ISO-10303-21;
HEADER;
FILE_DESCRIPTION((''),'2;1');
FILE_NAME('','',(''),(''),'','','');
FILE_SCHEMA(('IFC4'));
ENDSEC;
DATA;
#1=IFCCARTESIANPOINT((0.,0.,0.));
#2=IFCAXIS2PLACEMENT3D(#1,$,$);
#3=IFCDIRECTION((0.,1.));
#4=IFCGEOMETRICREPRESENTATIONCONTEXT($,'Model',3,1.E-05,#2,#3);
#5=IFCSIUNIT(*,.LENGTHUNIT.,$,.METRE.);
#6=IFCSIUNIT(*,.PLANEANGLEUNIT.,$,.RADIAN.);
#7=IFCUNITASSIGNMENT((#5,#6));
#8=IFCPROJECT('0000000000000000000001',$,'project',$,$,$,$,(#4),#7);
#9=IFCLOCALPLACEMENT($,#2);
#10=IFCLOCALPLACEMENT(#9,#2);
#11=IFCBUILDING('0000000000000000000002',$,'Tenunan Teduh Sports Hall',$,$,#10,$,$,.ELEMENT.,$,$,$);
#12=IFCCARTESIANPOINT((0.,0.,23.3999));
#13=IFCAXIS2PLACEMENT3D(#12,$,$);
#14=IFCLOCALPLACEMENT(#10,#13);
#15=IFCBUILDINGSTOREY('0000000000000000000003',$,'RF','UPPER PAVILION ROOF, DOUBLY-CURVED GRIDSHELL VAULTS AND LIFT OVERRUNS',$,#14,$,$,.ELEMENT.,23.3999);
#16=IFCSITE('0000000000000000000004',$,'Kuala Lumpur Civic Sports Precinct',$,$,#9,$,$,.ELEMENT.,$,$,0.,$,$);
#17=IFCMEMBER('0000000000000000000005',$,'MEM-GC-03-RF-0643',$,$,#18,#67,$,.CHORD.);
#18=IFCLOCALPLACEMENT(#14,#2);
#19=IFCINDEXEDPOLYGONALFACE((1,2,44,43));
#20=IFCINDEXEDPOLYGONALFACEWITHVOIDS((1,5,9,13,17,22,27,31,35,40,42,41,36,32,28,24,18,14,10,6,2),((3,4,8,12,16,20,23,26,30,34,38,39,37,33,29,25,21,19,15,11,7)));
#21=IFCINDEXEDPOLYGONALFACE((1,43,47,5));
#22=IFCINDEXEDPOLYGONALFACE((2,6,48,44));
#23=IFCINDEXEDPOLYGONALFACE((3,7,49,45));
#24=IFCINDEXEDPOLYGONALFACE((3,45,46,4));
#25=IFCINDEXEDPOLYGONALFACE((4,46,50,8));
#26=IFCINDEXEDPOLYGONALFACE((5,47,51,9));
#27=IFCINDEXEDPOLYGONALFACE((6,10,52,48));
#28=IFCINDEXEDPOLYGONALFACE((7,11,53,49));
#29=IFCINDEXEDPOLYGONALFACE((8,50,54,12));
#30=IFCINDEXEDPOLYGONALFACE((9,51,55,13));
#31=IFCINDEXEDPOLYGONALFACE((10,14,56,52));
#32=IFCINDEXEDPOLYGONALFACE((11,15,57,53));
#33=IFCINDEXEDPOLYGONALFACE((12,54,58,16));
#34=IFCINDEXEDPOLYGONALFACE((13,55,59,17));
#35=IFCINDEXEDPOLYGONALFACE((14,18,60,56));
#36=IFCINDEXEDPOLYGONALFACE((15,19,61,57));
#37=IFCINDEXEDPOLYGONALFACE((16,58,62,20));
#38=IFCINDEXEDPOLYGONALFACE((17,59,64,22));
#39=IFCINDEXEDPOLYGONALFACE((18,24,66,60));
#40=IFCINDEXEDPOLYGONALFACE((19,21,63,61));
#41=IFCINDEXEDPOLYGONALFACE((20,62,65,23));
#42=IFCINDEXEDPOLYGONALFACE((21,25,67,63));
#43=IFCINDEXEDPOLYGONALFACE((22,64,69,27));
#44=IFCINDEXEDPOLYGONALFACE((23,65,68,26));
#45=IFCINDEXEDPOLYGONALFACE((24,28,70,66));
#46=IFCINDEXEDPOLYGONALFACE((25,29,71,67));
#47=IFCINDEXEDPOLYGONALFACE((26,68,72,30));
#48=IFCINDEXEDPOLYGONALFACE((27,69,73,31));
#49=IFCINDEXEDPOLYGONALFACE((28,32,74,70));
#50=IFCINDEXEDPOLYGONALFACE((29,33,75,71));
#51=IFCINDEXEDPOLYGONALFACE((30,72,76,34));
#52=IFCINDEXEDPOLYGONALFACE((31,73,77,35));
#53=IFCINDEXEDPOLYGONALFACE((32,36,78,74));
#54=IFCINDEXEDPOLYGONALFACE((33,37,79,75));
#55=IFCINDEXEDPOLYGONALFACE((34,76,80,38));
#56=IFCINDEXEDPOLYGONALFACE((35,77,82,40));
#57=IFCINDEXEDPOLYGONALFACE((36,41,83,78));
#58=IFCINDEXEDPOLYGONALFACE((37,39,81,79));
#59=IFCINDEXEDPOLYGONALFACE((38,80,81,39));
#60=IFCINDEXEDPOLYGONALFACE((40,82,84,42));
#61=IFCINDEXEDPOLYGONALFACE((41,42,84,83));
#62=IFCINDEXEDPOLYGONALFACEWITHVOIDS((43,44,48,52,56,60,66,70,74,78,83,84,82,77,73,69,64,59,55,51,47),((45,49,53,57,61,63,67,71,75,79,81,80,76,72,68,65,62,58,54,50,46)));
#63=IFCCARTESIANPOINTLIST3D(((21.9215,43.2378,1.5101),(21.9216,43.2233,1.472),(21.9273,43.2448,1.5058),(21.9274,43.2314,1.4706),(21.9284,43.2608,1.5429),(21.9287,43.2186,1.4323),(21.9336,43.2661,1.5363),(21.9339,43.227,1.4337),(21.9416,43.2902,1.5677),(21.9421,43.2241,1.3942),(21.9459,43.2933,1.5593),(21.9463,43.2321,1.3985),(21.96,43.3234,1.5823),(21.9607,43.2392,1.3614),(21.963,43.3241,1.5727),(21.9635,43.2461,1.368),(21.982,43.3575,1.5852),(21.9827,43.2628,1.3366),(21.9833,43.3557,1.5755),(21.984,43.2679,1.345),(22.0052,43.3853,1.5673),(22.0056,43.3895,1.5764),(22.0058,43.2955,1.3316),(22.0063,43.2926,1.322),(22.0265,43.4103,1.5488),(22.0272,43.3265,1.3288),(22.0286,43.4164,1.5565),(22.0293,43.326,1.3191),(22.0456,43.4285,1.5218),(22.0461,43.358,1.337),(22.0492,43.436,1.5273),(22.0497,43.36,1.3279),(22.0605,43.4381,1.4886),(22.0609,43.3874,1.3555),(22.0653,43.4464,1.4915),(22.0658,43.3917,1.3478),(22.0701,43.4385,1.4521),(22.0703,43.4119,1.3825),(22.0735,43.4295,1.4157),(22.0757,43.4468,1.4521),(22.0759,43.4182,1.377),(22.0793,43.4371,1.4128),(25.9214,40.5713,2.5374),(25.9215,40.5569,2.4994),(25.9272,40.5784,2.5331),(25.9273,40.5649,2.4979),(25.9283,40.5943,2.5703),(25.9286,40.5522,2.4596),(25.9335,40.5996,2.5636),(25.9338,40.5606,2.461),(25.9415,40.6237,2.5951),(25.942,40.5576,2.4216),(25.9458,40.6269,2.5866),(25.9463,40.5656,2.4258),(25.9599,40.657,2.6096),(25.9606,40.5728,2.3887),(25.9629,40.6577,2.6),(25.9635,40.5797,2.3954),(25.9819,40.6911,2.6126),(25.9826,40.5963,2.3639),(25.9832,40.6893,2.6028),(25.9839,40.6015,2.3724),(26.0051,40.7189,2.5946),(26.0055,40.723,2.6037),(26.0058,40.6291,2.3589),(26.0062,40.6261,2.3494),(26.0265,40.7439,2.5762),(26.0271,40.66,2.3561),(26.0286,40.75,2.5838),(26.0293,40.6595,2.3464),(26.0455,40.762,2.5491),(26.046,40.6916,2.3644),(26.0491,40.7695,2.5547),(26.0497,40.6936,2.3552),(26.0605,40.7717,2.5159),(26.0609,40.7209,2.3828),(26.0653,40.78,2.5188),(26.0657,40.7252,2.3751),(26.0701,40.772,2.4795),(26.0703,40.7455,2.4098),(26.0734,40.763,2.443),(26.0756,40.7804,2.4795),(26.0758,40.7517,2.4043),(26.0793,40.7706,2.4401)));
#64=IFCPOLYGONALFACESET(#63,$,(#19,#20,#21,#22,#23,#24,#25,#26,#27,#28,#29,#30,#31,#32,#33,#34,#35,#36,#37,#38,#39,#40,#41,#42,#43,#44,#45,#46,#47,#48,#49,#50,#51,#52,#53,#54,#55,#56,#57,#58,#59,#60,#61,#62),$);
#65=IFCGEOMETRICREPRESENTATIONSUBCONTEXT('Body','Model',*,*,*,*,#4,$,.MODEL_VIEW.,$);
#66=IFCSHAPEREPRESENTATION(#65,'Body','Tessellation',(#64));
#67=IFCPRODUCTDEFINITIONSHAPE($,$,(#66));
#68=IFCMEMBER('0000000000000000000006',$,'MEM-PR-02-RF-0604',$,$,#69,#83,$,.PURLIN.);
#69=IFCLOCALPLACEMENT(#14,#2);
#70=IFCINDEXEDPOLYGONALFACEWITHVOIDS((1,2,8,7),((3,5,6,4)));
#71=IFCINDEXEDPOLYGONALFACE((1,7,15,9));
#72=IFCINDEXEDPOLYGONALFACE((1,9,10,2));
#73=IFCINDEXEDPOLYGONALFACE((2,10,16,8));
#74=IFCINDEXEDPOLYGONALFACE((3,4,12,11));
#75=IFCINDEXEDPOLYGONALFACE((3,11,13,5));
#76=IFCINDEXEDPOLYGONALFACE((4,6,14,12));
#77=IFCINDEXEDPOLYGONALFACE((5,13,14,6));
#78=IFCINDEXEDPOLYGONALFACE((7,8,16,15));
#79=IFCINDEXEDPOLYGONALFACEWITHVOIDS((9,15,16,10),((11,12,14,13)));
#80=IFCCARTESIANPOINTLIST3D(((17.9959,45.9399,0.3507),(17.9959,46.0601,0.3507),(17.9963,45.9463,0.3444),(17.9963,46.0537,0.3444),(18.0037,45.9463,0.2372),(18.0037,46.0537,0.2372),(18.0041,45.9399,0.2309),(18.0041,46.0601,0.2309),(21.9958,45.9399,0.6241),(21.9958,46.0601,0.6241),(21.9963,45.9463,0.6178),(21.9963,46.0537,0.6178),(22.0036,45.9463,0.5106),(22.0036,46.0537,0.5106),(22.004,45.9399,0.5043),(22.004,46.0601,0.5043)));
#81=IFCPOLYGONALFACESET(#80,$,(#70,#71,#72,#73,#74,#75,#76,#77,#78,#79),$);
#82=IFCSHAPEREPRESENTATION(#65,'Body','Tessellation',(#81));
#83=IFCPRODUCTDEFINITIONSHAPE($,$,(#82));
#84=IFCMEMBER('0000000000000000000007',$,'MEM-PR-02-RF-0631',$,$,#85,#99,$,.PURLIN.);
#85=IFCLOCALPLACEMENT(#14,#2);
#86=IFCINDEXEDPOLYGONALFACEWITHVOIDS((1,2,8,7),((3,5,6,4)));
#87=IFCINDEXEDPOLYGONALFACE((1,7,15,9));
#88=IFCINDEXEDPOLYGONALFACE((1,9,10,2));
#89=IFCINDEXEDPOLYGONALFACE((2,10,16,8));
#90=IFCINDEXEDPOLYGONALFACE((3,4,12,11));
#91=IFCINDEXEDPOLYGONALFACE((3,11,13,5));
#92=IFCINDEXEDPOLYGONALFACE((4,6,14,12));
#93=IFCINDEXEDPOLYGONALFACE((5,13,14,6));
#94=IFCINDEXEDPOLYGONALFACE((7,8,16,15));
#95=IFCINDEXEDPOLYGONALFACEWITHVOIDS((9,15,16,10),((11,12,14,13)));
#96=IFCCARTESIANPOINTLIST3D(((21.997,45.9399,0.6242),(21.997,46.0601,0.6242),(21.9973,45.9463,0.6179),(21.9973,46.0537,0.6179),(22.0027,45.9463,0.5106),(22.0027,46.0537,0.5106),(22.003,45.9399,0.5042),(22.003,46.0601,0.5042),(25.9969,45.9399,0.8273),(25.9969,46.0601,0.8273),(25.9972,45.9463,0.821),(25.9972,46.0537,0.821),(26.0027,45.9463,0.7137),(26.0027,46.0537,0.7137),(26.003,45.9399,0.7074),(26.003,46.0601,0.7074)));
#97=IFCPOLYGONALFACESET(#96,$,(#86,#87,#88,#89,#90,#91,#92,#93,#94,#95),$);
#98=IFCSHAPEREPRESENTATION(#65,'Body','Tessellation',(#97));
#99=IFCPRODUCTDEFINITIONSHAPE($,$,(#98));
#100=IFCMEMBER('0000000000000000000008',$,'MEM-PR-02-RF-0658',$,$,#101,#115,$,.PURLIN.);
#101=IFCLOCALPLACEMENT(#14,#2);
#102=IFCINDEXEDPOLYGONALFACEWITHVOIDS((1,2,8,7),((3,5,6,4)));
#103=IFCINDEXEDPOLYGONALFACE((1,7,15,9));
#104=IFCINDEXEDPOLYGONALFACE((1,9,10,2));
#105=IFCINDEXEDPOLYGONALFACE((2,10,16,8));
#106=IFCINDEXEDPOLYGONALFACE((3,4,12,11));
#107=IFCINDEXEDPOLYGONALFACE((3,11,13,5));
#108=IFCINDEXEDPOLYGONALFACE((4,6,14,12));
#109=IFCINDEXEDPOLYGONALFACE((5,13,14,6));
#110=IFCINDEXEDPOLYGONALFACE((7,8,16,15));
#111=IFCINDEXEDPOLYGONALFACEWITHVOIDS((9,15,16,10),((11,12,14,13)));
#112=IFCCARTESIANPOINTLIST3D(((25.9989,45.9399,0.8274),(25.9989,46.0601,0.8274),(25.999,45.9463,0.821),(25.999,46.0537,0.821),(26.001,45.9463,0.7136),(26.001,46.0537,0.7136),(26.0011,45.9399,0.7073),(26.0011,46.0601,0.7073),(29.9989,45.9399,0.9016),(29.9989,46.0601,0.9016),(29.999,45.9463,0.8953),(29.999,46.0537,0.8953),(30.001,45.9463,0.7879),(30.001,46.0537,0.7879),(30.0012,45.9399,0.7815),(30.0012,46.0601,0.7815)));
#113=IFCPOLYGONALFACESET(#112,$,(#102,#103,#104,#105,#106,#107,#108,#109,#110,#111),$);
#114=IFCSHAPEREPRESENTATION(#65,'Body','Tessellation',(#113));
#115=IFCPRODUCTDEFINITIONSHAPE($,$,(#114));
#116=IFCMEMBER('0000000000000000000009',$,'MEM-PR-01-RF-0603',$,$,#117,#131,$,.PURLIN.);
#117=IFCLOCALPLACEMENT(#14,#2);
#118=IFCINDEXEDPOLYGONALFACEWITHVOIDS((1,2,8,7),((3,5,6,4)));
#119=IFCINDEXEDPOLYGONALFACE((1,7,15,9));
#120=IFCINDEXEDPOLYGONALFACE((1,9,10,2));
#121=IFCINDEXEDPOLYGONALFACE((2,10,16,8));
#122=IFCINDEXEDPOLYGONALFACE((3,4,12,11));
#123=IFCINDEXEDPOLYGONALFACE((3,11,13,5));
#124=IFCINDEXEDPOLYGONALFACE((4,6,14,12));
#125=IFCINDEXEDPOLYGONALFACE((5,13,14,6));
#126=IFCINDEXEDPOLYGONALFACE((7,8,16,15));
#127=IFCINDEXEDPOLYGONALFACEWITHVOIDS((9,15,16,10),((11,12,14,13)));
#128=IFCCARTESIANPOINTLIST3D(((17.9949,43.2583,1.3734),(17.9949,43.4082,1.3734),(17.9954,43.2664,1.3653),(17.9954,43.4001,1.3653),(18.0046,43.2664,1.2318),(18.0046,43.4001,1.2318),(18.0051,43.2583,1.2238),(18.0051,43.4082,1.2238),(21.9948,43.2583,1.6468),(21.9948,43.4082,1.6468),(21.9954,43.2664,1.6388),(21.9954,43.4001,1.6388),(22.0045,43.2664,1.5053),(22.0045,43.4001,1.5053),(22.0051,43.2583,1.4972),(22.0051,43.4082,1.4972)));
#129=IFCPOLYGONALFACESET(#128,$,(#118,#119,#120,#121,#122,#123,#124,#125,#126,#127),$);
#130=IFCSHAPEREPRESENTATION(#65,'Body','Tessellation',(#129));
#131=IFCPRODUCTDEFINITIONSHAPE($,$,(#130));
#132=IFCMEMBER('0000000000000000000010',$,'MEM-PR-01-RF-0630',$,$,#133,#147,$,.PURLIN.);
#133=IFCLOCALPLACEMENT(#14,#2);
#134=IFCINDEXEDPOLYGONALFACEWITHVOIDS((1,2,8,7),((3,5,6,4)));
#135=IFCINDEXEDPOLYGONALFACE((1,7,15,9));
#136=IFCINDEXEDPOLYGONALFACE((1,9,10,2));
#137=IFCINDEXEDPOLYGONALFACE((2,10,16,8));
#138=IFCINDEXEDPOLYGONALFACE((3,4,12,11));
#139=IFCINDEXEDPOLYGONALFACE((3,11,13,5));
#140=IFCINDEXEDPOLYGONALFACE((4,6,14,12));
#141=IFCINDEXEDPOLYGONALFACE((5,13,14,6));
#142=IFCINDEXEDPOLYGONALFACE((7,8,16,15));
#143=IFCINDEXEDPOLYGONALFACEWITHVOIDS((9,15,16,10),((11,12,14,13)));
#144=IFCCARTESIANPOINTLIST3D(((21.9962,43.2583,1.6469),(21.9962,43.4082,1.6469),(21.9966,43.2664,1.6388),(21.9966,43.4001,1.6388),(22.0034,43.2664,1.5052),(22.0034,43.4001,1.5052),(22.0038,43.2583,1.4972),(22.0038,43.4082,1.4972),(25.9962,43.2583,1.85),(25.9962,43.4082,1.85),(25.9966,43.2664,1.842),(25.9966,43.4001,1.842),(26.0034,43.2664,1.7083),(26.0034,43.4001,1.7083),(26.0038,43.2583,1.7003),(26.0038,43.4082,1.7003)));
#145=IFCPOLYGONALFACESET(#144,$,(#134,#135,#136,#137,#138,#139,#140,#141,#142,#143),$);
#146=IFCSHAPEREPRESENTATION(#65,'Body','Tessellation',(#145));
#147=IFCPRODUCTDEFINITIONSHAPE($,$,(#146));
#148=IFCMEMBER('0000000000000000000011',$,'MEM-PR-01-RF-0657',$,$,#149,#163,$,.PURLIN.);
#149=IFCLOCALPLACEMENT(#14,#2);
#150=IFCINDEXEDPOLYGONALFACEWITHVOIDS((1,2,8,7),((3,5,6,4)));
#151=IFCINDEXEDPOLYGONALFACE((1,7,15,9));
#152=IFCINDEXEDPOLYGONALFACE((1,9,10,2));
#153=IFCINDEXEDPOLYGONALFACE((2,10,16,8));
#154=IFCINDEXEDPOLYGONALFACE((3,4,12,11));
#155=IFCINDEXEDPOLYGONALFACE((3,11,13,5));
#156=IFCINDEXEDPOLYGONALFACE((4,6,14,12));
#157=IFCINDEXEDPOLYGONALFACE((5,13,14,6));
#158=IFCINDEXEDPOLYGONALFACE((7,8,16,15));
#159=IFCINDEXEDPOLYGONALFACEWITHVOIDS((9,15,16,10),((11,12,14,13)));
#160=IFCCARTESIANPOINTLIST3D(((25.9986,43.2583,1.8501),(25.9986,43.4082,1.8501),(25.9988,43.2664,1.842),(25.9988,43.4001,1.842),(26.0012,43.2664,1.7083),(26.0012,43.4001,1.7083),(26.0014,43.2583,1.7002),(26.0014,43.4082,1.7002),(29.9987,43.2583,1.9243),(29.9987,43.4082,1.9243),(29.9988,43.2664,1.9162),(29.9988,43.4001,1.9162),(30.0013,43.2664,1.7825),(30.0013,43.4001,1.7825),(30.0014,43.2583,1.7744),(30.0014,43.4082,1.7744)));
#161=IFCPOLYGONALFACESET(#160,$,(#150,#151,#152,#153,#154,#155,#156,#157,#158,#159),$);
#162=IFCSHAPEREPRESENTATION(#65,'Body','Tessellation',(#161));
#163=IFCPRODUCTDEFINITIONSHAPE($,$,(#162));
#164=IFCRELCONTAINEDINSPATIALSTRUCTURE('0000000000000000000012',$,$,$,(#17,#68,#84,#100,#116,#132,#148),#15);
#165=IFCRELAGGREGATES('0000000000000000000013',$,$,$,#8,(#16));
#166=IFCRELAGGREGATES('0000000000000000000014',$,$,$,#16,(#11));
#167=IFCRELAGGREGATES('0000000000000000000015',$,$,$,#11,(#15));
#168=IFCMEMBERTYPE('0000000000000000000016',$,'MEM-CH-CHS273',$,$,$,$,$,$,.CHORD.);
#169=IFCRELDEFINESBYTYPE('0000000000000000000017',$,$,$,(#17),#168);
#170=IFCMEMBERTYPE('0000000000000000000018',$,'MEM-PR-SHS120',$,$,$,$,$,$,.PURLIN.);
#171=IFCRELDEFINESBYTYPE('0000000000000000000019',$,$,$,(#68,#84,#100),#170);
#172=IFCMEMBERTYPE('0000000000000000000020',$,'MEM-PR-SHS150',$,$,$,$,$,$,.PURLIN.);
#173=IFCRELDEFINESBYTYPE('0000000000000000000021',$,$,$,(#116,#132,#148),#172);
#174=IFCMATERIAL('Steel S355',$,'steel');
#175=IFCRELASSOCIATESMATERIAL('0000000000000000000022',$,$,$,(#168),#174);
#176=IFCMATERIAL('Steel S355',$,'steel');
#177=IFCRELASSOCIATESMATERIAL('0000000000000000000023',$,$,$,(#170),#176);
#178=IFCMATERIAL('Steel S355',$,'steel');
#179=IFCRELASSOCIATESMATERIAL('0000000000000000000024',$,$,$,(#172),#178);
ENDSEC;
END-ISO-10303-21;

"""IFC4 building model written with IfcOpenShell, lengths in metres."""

from ifc_helpers import new_model, si_unit, direction, frame, origin, origin_2d, place, context, subcontext, project, spatial, hollow_rectangle, hollow_circle, extrude, material, material_profile, profile_set, type_object, element, save


model = new_model("IFC4")

# Units and contexts
model_context = context("Model", 3, precision=1e-05, world=origin(), true_north=direction((0.0, 1.0)))
body_context = subcontext(model_context, "Body", "Model", "MODEL_VIEW")
ifc_project = project(units=[si_unit("LENGTHUNIT", "METRE"), si_unit("PLANEANGLEUNIT", "RADIAN")], contexts=[model_context])

# Site, building, storey
site_placement = place(None, origin())
site = spatial("IfcSite", under=ifc_project, at=site_placement, Name="Kuala Lumpur Civic Sports Precinct", CompositionType="ELEMENT", RefElevation=0.0)
building_placement = place(site_placement, origin())
building = spatial("IfcBuilding", under=site, at=building_placement, Name="Tenunan Teduh Sports Hall", CompositionType="ELEMENT")
storey_placement = place(building_placement, frame((0.0, 0.0, 23.3999)))
storey = spatial("IfcBuildingStorey", under=building, at=storey_placement, Name="RF", Description="UPPER PAVILION ROOF, DOUBLY-CURVED GRIDSHELL VAULTS AND LIFT OVERRUNS", CompositionType="ELEMENT", Elevation=23.3999)

# Members
ifc_material_1 = material(Name="Steel S355", Category="steel")
ifc_material_profile_1 = material_profile(ifc_material_1, hollow_circle(Radius=0.1365, WallThickness=0.01, at=origin_2d()), Name="CHS 273.0x10.0")
ifc_profile_set_1 = profile_set([ifc_material_profile_1], Name="Steel S355")
member_type_1 = type_object("IfcMemberType", Name="MEM-CH-CHS273", PredefinedType="CHORD", material=ifc_profile_set_1)
member_1_placement = place(storey_placement, frame((22.0, 43.3333, 1.4521), z_axis=(0.813693, -0.542429, 0.208986), x_axis=(0.554677, 0.832066, 0.0)))
element("IfcMember", 1, at=member_1_placement, inside=storey, type_object=member_type_1, Name="MEM-GC-03-RF-0643", PredefinedType="CHORD", context=body_context, shape_type="SweptSolid", body=[
    extrude(hollow_circle(Radius=0.1365, WallThickness=0.01, at=origin_2d()), origin(), (0.0, 0.0, 1.0), 4.9158),
])
ifc_material_2 = material(Name="Steel S355", Category="steel")
ifc_material_profile_2 = material_profile(ifc_material_2, hollow_rectangle(XDim=0.1201, YDim=0.1201, WallThickness=0.0063, at=origin_2d()), Name="SHS 120x120x6.3")
ifc_profile_set_2 = profile_set([ifc_material_profile_2], Name="Steel S355")
member_type_2 = type_object("IfcMemberType", Name="MEM-PR-SHS120", PredefinedType="PURLIN", material=ifc_profile_set_2)
member_2_placement = place(storey_placement, frame((18.0, 46.0, 0.2908), z_axis=(0.997672, 0.0, 0.0682), x_axis=(0.0, 1.0, 0.0)))
element("IfcMember", 2, at=member_2_placement, inside=storey, type_object=member_type_2, Name="MEM-PR-02-RF-0604", PredefinedType="PURLIN", context=body_context, shape_type="SweptSolid", body=[
    extrude(hollow_rectangle(XDim=0.1201, YDim=0.1201, WallThickness=0.0063, at=origin_2d()), origin(), (0.0, 0.0, 1.0), 4.0093),
])
member_3_placement = place(storey_placement, frame((22.0, 46.0, 0.5642), z_axis=(0.998713, 0.0, 0.050716), x_axis=(0.0, 1.0, 0.0)))
element("IfcMember", 3, at=member_3_placement, inside=storey, type_object=member_type_2, Name="MEM-PR-02-RF-0631", PredefinedType="PURLIN", context=body_context, shape_type="SweptSolid", body=[
    extrude(hollow_rectangle(XDim=0.1201, YDim=0.1201, WallThickness=0.0063, at=origin_2d()), origin(), (0.0, 0.0, 1.0), 4.0051),
])
member_4_placement = place(storey_placement, frame((26.0, 46.0, 0.7673), z_axis=(0.999828, 0.0, 0.018551), x_axis=(0.0, 1.0, 0.0)))
element("IfcMember", 4, at=member_4_placement, inside=storey, type_object=member_type_2, Name="MEM-PR-02-RF-0658", PredefinedType="PURLIN", context=body_context, shape_type="SweptSolid", body=[
    extrude(hollow_rectangle(XDim=0.1201, YDim=0.1201, WallThickness=0.0063, at=origin_2d()), origin(), (0.0, 0.0, 1.0), 4.0007),
])
ifc_material_3 = material(Name="Steel S355", Category="steel")
ifc_material_profile_3 = material_profile(ifc_material_3, hollow_rectangle(XDim=0.1499, YDim=0.1499, WallThickness=0.0081, at=origin_2d()), Name="SHS 150x150x8.0")
ifc_profile_set_3 = profile_set([ifc_material_profile_3], Name="Steel S355")
member_type_3 = type_object("IfcMemberType", Name="MEM-PR-SHS150", PredefinedType="PURLIN", material=ifc_profile_set_3)
member_5_placement = place(storey_placement, frame((18.0, 43.3333, 1.2986), z_axis=(0.997672, 0.0, 0.0682), x_axis=(0.0, 1.0, 0.0)))
element("IfcMember", 5, at=member_5_placement, inside=storey, type_object=member_type_3, Name="MEM-PR-01-RF-0603", PredefinedType="PURLIN", context=body_context, shape_type="SweptSolid", body=[
    extrude(hollow_rectangle(XDim=0.1499, YDim=0.1499, WallThickness=0.0081, at=origin_2d()), origin(), (0.0, 0.0, 1.0), 4.0093),
])
member_6_placement = place(storey_placement, frame((22.0, 43.3333, 1.572), z_axis=(0.998713, 0.0, 0.050716), x_axis=(0.0, 1.0, 0.0)))
element("IfcMember", 6, at=member_6_placement, inside=storey, type_object=member_type_3, Name="MEM-PR-01-RF-0630", PredefinedType="PURLIN", context=body_context, shape_type="SweptSolid", body=[
    extrude(hollow_rectangle(XDim=0.1499, YDim=0.1499, WallThickness=0.0081, at=origin_2d()), origin(), (0.0, 0.0, 1.0), 4.0051),
])
member_7_placement = place(storey_placement, frame((26.0, 43.3333, 1.7751), z_axis=(0.999828, 0.0, 0.018551), x_axis=(0.0, 1.0, 0.0)))
element("IfcMember", 7, at=member_7_placement, inside=storey, type_object=member_type_3, Name="MEM-PR-01-RF-0657", PredefinedType="PURLIN", context=body_context, shape_type="SweptSolid", body=[
    extrude(hollow_rectangle(XDim=0.1499, YDim=0.1499, WallThickness=0.0081, at=origin_2d()), origin(), (0.0, 0.0, 1.0), 4.0007),
])

save(model, "model.ifc")
